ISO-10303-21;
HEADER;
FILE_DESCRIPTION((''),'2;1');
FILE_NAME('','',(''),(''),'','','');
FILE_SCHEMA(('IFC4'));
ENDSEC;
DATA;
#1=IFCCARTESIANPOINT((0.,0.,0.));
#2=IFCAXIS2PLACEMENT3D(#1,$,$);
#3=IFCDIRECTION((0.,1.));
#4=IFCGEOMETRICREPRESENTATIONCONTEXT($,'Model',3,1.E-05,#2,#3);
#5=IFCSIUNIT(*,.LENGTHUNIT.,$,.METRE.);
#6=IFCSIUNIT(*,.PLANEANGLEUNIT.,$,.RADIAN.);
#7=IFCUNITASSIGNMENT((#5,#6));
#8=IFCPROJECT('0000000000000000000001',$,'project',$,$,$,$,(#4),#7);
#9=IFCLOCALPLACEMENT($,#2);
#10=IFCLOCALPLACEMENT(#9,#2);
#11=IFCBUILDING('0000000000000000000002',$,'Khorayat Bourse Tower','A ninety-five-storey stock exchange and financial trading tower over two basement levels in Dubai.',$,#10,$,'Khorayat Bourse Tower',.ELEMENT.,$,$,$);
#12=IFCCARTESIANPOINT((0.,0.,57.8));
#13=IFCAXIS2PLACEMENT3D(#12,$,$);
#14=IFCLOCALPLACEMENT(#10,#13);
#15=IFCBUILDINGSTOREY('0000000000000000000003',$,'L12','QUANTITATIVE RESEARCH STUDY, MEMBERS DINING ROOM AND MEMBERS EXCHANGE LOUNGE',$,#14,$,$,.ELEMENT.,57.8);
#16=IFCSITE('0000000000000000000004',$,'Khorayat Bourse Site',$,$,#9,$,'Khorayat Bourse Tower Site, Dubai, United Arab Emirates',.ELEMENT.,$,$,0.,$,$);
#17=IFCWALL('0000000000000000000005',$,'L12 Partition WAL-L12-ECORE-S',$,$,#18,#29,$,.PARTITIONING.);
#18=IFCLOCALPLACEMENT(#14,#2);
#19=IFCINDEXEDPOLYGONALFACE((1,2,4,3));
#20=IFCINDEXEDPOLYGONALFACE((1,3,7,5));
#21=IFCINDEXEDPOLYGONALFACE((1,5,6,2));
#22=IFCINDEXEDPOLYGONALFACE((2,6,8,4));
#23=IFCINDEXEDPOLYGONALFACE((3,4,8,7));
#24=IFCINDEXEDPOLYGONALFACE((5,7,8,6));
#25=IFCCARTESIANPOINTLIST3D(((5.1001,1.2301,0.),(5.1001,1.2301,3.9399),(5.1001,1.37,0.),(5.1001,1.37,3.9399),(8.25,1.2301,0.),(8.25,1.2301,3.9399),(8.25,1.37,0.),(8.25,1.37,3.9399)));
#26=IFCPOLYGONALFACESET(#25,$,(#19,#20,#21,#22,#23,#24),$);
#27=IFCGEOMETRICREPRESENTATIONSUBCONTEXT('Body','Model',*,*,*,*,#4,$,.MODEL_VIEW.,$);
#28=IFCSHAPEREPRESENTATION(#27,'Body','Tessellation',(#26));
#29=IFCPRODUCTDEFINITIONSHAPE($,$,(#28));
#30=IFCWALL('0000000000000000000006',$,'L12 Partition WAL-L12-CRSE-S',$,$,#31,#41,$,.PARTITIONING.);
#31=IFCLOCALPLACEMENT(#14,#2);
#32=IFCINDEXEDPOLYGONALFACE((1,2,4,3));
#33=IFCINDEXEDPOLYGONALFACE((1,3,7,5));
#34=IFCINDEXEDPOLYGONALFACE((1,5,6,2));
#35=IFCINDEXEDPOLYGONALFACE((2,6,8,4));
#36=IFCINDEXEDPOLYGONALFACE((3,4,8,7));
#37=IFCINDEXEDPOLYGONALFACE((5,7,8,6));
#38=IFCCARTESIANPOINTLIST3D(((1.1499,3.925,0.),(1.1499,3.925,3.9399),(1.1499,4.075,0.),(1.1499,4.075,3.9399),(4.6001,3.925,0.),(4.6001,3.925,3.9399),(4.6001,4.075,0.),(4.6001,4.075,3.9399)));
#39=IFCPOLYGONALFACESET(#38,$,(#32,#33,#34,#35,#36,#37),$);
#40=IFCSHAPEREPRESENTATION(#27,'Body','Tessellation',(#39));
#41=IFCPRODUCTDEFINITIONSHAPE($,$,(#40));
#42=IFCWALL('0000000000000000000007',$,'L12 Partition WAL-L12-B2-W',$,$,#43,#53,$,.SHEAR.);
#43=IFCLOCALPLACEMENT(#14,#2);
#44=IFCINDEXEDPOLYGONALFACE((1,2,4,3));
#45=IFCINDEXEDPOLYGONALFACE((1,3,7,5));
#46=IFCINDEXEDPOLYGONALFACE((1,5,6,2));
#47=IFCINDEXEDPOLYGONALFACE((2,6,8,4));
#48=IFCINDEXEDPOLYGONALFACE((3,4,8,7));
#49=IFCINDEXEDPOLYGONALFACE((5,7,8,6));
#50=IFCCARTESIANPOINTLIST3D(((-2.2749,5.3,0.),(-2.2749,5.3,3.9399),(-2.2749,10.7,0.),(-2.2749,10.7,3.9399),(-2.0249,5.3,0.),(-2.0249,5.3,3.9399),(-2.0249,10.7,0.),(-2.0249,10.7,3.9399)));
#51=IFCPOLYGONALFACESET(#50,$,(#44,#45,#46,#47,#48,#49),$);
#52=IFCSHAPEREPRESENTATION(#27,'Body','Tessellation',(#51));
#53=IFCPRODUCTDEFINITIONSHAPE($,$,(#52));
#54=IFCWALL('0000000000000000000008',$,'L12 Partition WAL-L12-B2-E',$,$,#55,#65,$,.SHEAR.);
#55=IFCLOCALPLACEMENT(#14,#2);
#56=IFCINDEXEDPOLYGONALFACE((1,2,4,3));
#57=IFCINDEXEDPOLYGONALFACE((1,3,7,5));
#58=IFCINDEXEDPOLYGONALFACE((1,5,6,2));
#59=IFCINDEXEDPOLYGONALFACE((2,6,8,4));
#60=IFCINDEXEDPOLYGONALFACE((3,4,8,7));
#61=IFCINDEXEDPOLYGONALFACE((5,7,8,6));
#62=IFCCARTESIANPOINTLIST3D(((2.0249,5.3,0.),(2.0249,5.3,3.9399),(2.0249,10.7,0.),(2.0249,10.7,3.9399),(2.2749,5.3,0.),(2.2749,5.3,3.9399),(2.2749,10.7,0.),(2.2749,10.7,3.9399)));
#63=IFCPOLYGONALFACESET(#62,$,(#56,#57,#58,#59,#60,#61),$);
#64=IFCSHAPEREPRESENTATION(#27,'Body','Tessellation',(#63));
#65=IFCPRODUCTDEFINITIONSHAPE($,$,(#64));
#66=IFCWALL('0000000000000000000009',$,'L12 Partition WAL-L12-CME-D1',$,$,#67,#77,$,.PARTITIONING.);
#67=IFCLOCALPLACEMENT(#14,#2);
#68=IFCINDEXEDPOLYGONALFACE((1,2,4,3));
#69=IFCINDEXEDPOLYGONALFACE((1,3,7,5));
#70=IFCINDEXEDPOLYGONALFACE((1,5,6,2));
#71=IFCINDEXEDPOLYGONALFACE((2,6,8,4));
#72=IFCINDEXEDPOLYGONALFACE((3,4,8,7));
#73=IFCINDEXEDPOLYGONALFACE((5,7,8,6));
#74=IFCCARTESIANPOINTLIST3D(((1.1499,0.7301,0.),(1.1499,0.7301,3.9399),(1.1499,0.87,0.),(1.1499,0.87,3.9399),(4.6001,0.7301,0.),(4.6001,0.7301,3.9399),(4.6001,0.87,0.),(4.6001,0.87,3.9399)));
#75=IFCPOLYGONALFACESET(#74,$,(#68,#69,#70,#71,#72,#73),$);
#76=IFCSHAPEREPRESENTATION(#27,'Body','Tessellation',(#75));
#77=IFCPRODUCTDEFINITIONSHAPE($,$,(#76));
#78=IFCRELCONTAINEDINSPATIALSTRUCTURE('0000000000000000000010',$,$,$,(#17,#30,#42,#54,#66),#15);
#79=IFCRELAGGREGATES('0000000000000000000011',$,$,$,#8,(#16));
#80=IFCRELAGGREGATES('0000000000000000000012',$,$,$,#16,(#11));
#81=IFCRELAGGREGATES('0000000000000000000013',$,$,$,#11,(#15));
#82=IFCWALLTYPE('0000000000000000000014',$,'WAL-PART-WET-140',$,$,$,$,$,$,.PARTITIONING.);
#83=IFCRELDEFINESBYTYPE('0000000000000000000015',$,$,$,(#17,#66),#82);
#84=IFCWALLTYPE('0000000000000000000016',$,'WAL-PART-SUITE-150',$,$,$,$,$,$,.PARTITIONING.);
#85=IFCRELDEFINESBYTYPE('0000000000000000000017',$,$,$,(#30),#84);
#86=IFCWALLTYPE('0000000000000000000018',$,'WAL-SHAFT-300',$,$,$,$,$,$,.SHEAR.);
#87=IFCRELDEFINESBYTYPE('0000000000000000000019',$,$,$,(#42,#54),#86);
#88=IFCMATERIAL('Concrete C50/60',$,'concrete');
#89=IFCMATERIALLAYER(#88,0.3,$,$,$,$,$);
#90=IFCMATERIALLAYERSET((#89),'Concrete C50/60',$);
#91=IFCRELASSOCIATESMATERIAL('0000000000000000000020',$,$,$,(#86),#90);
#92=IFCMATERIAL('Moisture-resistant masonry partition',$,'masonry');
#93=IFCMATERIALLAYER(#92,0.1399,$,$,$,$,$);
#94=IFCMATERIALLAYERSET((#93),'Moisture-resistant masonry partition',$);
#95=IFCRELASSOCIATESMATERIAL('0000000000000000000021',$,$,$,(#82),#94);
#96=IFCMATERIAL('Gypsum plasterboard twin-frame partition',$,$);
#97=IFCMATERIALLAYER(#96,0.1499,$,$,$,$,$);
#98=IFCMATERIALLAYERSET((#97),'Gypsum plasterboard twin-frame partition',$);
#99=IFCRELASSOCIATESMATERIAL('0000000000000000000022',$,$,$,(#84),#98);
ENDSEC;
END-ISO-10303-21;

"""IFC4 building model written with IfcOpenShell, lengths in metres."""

from ifc_helpers import new_model, si_unit, direction, frame, frame_2d, origin, place, context, subcontext, project, spatial, rectangle, extrude, source, transform, mapped, material, layer, layer_set, type_object, element, save


model = new_model("IFC4")

# Units and contexts
model_context = context("Model", 3, precision=1e-05, world=origin(), true_north=direction((0.0, 1.0)))
body_context = subcontext(model_context, "Body", "Model", "MODEL_VIEW")
ifc_project = project(units=[si_unit("LENGTHUNIT", "METRE"), si_unit("PLANEANGLEUNIT", "RADIAN")], contexts=[model_context])

# Site, building, storey
site_placement = place(None, origin())
site = spatial("IfcSite", under=ifc_project, at=site_placement, Name="Khorayat Bourse Site", LongName="Khorayat Bourse Tower Site, Dubai, United Arab Emirates", CompositionType="ELEMENT", RefElevation=0.0)
building_placement = place(site_placement, origin())
building = spatial("IfcBuilding", under=site, at=building_placement, Name="Khorayat Bourse Tower", Description="A ninety-five-storey stock exchange and financial trading tower over two basement levels in Dubai.", LongName="Khorayat Bourse Tower", CompositionType="ELEMENT")
storey_placement = place(building_placement, frame((0.0, 0.0, 57.8)))
storey = spatial("IfcBuildingStorey", under=building, at=storey_placement, Name="L12", Description="QUANTITATIVE RESEARCH STUDY, MEMBERS DINING ROOM AND MEMBERS EXCHANGE LOUNGE", CompositionType="ELEMENT", Elevation=57.8)

# Wall
ifc_material_1 = material(Name="Concrete C50/60", Category="concrete")
ifc_layer_1 = layer(ifc_material_1, 0.3)
ifc_layer_set_1 = layer_set([ifc_layer_1], Name="Concrete C50/60")
wall_type_1 = type_object("IfcWallType", Name="WAL-SHAFT-300", PredefinedType="SHEAR", material=ifc_layer_set_1)
ifc_material_2 = material(Name="Moisture-resistant masonry partition", Category="masonry")
ifc_layer_2 = layer(ifc_material_2, 0.1399)
ifc_layer_set_2 = layer_set([ifc_layer_2], Name="Moisture-resistant masonry partition")
wall_type_2 = type_object("IfcWallType", Name="WAL-PART-WET-140", PredefinedType="PARTITIONING", material=ifc_layer_set_2)
shared_shape_1 = source(origin(), body_context, "Body", "SweptSolid", [
    extrude(rectangle(XDim=3.1499, YDim=0.1399, at=frame_2d((1.575, 0.0))), origin(), (0.0, 0.0, 1.0), 3.9399),
])
wall_1_placement = place(storey_placement, frame((5.1001, 1.3, 0.0), z_axis=(0.0, 0.0, 1.0), x_axis=(1.0, 0.0, 0.0)))
element("IfcWall", 1, at=wall_1_placement, inside=storey, type_object=wall_type_2, Name="L12 Partition WAL-L12-ECORE-S", PredefinedType="PARTITIONING", context=body_context, shape_type="MappedRepresentation", body=[
    mapped(shared_shape_1, transform((0.0, 0.0, 0.0), scale=1.0)),
])

# Walls
ifc_material_3 = material(Name="Gypsum plasterboard twin-frame partition")
ifc_layer_3 = layer(ifc_material_3, 0.1499)
ifc_layer_set_3 = layer_set([ifc_layer_3], Name="Gypsum plasterboard twin-frame partition")
wall_type_3 = type_object("IfcWallType", Name="WAL-PART-SUITE-150", PredefinedType="PARTITIONING", material=ifc_layer_set_3)
shared_shape_2 = source(origin(), body_context, "Body", "SweptSolid", [
    extrude(rectangle(XDim=3.4502, YDim=0.1499, at=frame_2d((1.7251, 0.0))), origin(), (0.0, 0.0, 1.0), 3.9399),
])
wall_2_placement = place(storey_placement, frame((1.1499, 4.0, 0.0), z_axis=(0.0, 0.0, 1.0), x_axis=(1.0, 0.0, 0.0)))
element("IfcWall", 2, at=wall_2_placement, inside=storey, type_object=wall_type_3, Name="L12 Partition WAL-L12-CRSE-S", PredefinedType="PARTITIONING", context=body_context, shape_type="MappedRepresentation", body=[
    mapped(shared_shape_2, transform((0.0, 0.0, 0.0), scale=1.0)),
])
shared_shape_3 = source(origin(), body_context, "Body", "SweptSolid", [
    extrude(rectangle(XDim=5.3999, YDim=0.25, at=frame_2d((2.7, 0.0))), origin(), (0.0, 0.0, 1.0), 3.9399),
])
for number, where, z_axis, x_axis, name in (
    (3, (-2.1499, 5.3, 0.0), (0.0, 0.0, 1.0), (0.0, 1.0, 0.0), "L12 Partition WAL-L12-B2-W"),
    (4, (2.1499, 5.3, 0.0), (0.0, 0.0, 1.0), (0.0, 1.0, 0.0), "L12 Partition WAL-L12-B2-E"),
):
    element("IfcWall", number, at=place(storey_placement, frame(where, z_axis=z_axis, x_axis=x_axis)), inside=storey, type_object=wall_type_1, Name=name, PredefinedType="SHEAR", context=body_context, shape_type="MappedRepresentation", body=[
        mapped(shared_shape_3, transform((0.0, 0.0, 0.0), scale=1.0)),
    ])
shared_shape_4 = source(origin(), body_context, "Body", "SweptSolid", [
    extrude(rectangle(XDim=3.4502, YDim=0.1399, at=frame_2d((1.7251, 0.0))), origin(), (0.0, 0.0, 1.0), 3.9399),
])
wall_3_placement = place(storey_placement, frame((1.1499, 0.8, 0.0), z_axis=(0.0, 0.0, 1.0), x_axis=(1.0, 0.0, 0.0)))
element("IfcWall", 5, at=wall_3_placement, inside=storey, type_object=wall_type_2, Name="L12 Partition WAL-L12-CME-D1", PredefinedType="PARTITIONING", context=body_context, shape_type="MappedRepresentation", body=[
    mapped(shared_shape_4, transform((0.0, 0.0, 0.0), scale=1.0)),
])

save(model, "model.ifc")
